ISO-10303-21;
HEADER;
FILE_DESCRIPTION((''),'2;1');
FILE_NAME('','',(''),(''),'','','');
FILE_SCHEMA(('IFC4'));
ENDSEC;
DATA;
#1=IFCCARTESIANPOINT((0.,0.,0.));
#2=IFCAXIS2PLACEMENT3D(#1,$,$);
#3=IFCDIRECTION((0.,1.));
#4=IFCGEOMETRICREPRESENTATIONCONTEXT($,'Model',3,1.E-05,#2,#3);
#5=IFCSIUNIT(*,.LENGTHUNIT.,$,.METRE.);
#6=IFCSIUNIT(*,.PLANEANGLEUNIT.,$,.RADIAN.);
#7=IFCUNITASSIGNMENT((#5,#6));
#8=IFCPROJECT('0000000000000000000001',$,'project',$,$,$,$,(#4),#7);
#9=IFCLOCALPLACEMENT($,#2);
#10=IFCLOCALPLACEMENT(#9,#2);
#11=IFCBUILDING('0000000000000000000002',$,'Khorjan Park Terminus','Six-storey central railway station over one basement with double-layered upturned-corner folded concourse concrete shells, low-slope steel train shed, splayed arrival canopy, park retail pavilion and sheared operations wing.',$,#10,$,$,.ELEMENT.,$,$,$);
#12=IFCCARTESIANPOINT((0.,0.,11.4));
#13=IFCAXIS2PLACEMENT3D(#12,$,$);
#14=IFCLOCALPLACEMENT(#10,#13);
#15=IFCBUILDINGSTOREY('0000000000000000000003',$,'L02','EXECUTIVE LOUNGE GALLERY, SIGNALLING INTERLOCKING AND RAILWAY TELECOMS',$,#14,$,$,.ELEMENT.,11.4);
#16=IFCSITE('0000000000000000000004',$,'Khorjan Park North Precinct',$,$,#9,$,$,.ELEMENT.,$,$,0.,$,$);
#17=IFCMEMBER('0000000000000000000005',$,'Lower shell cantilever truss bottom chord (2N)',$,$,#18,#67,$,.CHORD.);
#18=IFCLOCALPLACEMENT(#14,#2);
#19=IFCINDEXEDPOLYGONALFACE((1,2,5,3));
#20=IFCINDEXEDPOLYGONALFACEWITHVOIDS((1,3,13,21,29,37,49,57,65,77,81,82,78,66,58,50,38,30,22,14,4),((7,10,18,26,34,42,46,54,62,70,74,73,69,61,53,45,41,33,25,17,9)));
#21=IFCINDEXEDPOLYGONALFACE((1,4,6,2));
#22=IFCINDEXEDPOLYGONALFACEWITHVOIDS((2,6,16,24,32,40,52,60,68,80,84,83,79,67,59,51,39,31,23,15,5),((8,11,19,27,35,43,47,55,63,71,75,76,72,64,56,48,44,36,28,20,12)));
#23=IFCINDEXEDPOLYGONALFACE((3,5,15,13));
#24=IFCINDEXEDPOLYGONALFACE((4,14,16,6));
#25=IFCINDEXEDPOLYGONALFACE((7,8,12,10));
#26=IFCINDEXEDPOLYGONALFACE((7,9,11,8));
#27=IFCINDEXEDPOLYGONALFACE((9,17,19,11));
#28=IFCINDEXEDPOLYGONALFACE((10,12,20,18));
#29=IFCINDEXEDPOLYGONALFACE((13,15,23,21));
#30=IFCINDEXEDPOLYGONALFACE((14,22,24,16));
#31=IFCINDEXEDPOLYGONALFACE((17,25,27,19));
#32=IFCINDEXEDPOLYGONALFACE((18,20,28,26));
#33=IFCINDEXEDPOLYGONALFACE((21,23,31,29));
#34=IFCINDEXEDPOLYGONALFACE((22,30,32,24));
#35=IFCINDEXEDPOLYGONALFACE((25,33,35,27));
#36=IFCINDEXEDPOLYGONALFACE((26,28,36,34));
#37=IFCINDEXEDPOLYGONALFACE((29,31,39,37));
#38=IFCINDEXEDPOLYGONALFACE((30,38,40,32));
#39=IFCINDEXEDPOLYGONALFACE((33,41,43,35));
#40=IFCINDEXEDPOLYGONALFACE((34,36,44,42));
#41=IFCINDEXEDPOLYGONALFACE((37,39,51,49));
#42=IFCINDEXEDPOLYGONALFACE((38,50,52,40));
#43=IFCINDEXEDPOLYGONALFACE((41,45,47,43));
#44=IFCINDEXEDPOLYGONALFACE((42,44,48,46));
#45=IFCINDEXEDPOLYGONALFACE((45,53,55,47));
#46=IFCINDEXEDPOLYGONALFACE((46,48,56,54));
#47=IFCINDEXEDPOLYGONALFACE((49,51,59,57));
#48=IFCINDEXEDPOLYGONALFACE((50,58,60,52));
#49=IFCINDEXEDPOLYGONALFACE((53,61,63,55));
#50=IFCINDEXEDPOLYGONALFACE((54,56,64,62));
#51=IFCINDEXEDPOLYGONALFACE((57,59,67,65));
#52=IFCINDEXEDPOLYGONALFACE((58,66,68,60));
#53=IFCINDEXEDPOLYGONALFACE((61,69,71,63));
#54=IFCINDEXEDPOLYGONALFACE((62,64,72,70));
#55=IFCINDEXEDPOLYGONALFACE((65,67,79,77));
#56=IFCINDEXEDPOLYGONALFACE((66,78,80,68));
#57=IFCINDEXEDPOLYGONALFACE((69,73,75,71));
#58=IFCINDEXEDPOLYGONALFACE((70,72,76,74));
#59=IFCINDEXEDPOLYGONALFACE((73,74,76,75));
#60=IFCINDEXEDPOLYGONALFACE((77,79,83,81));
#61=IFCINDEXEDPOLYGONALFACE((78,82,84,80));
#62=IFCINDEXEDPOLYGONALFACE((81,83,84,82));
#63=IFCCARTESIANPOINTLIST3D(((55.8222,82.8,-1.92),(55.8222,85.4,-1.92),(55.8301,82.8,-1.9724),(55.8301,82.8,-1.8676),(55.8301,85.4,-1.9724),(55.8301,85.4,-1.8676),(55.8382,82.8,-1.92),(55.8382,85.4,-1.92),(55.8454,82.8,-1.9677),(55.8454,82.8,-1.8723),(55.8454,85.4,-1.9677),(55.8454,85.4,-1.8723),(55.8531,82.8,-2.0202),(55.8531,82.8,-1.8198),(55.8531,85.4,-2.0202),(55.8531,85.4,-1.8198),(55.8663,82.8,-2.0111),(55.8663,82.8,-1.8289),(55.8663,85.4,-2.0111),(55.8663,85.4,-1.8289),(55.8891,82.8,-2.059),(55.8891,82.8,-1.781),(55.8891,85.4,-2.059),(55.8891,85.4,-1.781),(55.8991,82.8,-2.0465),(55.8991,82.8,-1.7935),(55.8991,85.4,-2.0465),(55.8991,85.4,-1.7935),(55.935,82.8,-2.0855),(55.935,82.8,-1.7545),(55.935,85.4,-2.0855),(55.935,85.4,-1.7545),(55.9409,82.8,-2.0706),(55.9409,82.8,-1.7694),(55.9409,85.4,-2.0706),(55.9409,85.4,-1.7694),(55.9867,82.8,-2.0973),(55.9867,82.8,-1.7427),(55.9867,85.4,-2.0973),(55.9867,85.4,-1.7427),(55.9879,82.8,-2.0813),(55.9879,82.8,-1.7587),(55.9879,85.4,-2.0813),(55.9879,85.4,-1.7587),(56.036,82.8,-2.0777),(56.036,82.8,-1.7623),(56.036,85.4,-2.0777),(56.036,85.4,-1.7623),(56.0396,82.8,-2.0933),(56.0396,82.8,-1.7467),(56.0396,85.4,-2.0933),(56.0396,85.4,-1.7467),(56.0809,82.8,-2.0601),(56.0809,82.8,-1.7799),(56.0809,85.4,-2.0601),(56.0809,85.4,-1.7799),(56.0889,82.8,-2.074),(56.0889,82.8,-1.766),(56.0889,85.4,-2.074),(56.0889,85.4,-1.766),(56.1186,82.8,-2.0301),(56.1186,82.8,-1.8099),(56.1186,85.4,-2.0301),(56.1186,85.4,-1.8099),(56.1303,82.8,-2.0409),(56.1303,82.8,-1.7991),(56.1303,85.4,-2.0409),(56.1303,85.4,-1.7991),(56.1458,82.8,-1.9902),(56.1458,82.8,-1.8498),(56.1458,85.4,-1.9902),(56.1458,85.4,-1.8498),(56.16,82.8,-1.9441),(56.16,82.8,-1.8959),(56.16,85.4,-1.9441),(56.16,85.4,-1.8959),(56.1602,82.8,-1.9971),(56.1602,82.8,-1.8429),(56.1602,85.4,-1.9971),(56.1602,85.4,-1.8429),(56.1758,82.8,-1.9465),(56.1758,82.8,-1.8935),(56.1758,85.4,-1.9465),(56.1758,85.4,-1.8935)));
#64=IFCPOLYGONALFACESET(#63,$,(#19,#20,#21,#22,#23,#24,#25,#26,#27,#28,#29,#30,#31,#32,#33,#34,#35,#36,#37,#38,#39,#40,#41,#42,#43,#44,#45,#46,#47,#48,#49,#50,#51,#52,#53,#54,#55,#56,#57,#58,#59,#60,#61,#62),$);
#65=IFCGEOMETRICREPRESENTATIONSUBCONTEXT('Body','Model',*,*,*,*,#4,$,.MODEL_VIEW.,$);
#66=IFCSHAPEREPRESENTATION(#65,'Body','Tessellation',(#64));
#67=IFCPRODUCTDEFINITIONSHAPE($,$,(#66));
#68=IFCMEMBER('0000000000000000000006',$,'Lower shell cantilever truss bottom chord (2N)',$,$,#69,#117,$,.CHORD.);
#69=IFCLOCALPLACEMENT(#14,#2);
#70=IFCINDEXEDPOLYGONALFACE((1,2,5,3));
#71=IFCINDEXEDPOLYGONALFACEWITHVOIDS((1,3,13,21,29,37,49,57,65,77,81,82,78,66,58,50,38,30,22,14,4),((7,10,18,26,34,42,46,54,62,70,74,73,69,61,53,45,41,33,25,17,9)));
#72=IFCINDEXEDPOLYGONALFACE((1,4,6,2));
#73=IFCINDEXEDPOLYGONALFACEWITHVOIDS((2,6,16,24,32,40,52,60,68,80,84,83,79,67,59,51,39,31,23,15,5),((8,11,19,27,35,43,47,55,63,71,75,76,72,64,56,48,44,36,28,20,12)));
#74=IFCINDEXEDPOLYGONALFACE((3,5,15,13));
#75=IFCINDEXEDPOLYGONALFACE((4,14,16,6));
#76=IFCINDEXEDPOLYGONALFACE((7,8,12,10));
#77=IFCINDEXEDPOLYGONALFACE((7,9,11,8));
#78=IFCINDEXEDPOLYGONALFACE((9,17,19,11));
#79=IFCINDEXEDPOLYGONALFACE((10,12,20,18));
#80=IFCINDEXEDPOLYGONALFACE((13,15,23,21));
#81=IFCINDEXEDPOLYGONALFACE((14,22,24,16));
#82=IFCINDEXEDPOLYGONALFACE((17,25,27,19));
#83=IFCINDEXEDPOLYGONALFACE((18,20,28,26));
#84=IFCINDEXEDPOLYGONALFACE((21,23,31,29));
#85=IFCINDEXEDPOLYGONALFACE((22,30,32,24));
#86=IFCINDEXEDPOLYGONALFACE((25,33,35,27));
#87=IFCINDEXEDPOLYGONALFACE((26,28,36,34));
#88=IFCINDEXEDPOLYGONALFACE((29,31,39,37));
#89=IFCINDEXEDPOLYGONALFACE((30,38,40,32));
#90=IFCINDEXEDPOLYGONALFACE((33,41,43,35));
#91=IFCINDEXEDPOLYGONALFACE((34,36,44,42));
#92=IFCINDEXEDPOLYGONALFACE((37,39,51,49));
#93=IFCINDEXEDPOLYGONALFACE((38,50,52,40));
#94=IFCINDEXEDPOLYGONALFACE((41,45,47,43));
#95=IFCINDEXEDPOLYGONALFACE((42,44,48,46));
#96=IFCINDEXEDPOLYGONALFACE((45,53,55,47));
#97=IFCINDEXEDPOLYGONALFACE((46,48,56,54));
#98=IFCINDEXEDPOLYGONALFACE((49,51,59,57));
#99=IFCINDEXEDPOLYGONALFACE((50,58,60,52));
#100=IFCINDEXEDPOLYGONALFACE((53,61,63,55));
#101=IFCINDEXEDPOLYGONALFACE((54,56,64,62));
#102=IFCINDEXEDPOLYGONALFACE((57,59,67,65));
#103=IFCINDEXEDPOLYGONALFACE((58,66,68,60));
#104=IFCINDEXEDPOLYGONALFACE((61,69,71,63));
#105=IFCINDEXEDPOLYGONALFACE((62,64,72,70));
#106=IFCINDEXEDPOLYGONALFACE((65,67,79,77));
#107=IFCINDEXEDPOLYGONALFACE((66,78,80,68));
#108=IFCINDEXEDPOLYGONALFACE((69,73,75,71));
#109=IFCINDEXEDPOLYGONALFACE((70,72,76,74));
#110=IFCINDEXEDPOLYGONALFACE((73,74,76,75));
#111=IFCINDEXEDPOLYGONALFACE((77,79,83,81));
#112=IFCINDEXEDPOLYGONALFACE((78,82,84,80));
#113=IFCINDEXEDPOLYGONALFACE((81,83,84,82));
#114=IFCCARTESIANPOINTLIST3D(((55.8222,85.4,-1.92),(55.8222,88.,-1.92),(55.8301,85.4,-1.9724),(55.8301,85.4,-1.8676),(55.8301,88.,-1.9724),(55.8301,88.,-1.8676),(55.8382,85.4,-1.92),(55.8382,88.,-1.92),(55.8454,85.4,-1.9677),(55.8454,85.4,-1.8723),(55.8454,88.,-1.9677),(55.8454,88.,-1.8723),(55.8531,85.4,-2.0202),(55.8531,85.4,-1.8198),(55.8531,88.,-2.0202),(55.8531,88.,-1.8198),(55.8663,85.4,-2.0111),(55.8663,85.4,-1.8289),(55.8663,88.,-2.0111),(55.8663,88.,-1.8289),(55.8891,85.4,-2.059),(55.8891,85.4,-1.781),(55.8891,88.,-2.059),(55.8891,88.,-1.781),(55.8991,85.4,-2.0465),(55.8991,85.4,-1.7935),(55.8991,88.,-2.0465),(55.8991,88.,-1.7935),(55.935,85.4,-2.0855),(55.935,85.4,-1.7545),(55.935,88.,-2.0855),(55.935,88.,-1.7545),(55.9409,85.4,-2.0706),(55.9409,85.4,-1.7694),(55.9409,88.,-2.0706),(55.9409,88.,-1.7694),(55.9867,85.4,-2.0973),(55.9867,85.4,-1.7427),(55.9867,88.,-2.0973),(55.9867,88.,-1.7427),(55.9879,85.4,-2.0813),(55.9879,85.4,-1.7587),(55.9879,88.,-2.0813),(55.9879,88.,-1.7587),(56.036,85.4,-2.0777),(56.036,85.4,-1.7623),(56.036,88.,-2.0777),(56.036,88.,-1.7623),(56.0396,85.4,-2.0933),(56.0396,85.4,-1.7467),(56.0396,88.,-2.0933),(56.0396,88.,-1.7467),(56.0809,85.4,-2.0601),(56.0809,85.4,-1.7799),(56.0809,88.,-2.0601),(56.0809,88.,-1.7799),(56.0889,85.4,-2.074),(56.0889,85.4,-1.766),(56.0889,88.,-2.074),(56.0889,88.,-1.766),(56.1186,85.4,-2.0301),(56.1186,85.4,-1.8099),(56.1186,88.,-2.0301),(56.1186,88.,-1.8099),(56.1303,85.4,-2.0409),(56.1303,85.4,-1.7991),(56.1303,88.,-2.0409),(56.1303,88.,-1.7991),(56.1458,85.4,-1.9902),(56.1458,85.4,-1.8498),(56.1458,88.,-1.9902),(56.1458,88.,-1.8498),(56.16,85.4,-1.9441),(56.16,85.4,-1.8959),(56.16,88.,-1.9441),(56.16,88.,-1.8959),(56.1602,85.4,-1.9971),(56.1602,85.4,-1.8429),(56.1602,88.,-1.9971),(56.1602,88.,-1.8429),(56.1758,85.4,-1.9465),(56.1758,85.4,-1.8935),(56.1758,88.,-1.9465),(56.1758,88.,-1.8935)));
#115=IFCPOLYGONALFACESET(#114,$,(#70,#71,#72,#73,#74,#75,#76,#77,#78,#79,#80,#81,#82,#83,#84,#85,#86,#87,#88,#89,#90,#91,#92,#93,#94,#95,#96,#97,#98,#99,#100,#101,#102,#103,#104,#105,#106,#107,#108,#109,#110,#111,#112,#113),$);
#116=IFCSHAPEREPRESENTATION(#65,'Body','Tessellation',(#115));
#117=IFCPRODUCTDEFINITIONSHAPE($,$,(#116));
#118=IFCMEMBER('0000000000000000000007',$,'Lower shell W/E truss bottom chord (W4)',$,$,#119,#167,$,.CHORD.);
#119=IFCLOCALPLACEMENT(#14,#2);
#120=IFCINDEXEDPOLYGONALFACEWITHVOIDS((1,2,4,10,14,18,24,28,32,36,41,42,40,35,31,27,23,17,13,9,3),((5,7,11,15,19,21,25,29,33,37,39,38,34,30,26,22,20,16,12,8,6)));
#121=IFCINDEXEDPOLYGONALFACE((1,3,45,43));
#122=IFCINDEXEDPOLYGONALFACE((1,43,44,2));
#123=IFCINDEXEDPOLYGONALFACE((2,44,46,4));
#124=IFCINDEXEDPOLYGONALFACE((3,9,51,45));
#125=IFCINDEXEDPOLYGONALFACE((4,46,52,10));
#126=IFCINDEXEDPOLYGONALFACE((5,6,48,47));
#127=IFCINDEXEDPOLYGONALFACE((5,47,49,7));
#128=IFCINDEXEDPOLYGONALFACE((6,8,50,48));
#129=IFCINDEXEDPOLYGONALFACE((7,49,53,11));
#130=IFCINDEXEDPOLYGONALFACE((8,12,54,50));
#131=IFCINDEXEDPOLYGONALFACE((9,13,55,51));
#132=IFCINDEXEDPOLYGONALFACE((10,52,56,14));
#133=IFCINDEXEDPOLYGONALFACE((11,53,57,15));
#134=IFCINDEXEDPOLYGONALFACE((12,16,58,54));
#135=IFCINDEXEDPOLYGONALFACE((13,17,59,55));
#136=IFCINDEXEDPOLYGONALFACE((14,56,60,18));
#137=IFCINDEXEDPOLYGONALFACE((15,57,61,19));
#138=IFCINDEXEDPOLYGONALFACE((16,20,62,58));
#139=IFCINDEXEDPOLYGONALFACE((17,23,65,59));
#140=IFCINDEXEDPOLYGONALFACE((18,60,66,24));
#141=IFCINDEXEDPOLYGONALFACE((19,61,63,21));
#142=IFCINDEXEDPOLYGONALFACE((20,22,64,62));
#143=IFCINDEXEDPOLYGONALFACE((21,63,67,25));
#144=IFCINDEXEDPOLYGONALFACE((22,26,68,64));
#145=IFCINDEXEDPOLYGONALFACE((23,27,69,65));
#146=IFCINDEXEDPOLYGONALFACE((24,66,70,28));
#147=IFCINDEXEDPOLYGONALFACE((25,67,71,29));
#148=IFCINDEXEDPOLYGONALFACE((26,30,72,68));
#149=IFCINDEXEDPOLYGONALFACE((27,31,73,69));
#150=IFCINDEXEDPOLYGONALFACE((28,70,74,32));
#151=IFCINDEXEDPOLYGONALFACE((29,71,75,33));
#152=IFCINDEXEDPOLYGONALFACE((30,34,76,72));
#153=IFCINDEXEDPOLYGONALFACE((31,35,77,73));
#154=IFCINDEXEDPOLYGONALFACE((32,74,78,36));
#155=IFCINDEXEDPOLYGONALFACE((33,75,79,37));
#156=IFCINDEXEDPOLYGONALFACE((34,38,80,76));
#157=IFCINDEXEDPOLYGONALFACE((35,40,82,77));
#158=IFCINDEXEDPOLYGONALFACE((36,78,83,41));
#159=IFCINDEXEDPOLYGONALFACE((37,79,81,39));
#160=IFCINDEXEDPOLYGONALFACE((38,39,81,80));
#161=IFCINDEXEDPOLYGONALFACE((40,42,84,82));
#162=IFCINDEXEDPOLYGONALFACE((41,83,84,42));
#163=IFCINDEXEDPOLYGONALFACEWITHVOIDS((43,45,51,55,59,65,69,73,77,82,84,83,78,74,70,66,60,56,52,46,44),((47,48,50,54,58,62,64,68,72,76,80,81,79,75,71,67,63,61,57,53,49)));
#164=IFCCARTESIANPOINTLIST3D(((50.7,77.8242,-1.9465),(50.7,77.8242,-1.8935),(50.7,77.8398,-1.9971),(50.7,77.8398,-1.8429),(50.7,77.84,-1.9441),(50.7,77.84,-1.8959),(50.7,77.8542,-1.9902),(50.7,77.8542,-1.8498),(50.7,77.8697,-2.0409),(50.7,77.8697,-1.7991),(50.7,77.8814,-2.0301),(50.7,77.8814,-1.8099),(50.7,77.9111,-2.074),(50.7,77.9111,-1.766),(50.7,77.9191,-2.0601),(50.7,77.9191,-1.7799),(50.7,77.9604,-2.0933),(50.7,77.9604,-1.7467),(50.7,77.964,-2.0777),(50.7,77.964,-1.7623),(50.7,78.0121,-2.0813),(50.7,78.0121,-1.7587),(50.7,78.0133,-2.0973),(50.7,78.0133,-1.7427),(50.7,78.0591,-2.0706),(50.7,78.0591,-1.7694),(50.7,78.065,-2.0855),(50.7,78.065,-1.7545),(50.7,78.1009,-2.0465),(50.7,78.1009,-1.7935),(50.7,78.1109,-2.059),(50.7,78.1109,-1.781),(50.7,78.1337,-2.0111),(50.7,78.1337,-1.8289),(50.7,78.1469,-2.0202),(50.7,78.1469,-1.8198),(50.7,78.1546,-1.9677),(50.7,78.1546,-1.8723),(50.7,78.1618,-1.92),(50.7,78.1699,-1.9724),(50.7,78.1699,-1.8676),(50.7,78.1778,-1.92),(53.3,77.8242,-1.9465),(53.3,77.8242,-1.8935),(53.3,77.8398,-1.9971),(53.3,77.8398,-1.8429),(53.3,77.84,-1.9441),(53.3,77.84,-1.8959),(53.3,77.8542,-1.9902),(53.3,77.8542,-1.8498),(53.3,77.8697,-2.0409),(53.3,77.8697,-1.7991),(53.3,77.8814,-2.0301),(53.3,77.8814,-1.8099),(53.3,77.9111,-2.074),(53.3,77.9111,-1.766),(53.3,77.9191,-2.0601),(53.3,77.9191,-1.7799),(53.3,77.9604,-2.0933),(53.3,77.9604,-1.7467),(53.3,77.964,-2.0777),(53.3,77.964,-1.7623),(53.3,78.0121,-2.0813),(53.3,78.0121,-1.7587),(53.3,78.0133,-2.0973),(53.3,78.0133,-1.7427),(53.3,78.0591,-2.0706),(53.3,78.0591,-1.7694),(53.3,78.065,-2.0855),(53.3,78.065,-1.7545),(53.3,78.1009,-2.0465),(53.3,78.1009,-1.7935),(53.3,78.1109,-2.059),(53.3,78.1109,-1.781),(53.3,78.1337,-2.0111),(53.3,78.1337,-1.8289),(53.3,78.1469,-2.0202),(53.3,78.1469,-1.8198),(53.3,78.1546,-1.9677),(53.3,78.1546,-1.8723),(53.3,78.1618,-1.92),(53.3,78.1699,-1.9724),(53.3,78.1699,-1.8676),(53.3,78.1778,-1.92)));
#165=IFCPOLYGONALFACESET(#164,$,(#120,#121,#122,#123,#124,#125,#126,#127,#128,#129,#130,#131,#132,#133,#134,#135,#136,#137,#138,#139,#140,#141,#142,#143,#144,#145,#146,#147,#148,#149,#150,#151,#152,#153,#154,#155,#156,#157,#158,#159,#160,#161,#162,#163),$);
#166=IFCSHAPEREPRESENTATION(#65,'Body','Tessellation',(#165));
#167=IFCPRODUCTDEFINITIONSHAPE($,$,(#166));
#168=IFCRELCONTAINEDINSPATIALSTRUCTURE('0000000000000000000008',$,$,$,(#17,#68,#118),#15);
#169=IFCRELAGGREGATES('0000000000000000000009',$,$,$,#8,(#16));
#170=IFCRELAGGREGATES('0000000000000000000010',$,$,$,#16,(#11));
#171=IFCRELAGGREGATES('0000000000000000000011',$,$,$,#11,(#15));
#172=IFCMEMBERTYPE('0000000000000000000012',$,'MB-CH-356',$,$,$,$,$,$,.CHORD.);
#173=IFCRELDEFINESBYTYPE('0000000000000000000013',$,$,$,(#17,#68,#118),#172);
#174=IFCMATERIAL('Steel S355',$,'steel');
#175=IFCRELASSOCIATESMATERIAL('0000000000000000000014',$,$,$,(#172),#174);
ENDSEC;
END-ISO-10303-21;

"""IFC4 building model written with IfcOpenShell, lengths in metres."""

from ifc_helpers import new_model, si_unit, direction, frame, origin, origin_2d, place, context, subcontext, project, spatial, hollow_circle, extrude, material, material_profile, profile_set, type_object, element, save


model = new_model("IFC4")

# Units and contexts
model_context = context("Model", 3, precision=1e-05, world=origin(), true_north=direction((0.0, 1.0)))
body_context = subcontext(model_context, "Body", "Model", "MODEL_VIEW")
ifc_project = project(units=[si_unit("LENGTHUNIT", "METRE"), si_unit("PLANEANGLEUNIT", "RADIAN")], contexts=[model_context])

# Site, building, storey
site_placement = place(None, origin())
site = spatial("IfcSite", under=ifc_project, at=site_placement, Name="Khorjan Park North Precinct", CompositionType="ELEMENT", RefElevation=0.0)
building_placement = place(site_placement, origin())
building = spatial("IfcBuilding", under=site, at=building_placement, Name="Khorjan Park Terminus", Description="Six-storey central railway station over one basement with double-layered upturned-corner folded concourse concrete shells, low-slope steel train shed, splayed arrival canopy, park retail pavilion and sheared operations wing.", CompositionType="ELEMENT")
storey_placement = place(building_placement, frame((0.0, 0.0, 11.4)))
storey = spatial("IfcBuildingStorey", under=building, at=storey_placement, Name="L02", Description="EXECUTIVE LOUNGE GALLERY, SIGNALLING INTERLOCKING AND RAILWAY TELECOMS", CompositionType="ELEMENT", Elevation=11.4)

# Members
ifc_material_1 = material(Name="Steel S355", Category="steel")
ifc_material_profile_1 = material_profile(ifc_material_1, hollow_circle(Radius=0.1778, WallThickness=0.016, at=origin_2d()), Name="CHS 355.6x16")
ifc_profile_set_1 = profile_set([ifc_material_profile_1], Name="Steel S355")
member_type_1 = type_object("IfcMemberType", Name="MB-CH-356", PredefinedType="CHORD", material=ifc_profile_set_1)
for number, where, z_axis, x_axis, name in (
    (1, (56.0, 82.8, -1.92), (0.0, 1.0, 0.0), (-1.0, 0.0, 0.0), "Lower shell cantilever truss bottom chord (2N)"),
    (2, (56.0, 85.4, -1.92), (0.0, 1.0, 0.0), (-1.0, 0.0, 0.0), "Lower shell cantilever truss bottom chord (2N)"),
    (3, (50.7, 78.0, -1.92), (1.0, 0.0, 0.0), (0.0, 1.0, 0.0), "Lower shell W/E truss bottom chord (W4)"),
):
    element("IfcMember", number, at=place(storey_placement, frame(where, z_axis=z_axis, x_axis=x_axis)), inside=storey, type_object=member_type_1, Name=name, PredefinedType="CHORD", context=body_context, shape_type="SweptSolid", body=[
        extrude(hollow_circle(Radius=0.1778, WallThickness=0.016, at=origin_2d()), origin(), (0.0, 0.0, 1.0), 2.6),
    ])

save(model, "model.ifc")
